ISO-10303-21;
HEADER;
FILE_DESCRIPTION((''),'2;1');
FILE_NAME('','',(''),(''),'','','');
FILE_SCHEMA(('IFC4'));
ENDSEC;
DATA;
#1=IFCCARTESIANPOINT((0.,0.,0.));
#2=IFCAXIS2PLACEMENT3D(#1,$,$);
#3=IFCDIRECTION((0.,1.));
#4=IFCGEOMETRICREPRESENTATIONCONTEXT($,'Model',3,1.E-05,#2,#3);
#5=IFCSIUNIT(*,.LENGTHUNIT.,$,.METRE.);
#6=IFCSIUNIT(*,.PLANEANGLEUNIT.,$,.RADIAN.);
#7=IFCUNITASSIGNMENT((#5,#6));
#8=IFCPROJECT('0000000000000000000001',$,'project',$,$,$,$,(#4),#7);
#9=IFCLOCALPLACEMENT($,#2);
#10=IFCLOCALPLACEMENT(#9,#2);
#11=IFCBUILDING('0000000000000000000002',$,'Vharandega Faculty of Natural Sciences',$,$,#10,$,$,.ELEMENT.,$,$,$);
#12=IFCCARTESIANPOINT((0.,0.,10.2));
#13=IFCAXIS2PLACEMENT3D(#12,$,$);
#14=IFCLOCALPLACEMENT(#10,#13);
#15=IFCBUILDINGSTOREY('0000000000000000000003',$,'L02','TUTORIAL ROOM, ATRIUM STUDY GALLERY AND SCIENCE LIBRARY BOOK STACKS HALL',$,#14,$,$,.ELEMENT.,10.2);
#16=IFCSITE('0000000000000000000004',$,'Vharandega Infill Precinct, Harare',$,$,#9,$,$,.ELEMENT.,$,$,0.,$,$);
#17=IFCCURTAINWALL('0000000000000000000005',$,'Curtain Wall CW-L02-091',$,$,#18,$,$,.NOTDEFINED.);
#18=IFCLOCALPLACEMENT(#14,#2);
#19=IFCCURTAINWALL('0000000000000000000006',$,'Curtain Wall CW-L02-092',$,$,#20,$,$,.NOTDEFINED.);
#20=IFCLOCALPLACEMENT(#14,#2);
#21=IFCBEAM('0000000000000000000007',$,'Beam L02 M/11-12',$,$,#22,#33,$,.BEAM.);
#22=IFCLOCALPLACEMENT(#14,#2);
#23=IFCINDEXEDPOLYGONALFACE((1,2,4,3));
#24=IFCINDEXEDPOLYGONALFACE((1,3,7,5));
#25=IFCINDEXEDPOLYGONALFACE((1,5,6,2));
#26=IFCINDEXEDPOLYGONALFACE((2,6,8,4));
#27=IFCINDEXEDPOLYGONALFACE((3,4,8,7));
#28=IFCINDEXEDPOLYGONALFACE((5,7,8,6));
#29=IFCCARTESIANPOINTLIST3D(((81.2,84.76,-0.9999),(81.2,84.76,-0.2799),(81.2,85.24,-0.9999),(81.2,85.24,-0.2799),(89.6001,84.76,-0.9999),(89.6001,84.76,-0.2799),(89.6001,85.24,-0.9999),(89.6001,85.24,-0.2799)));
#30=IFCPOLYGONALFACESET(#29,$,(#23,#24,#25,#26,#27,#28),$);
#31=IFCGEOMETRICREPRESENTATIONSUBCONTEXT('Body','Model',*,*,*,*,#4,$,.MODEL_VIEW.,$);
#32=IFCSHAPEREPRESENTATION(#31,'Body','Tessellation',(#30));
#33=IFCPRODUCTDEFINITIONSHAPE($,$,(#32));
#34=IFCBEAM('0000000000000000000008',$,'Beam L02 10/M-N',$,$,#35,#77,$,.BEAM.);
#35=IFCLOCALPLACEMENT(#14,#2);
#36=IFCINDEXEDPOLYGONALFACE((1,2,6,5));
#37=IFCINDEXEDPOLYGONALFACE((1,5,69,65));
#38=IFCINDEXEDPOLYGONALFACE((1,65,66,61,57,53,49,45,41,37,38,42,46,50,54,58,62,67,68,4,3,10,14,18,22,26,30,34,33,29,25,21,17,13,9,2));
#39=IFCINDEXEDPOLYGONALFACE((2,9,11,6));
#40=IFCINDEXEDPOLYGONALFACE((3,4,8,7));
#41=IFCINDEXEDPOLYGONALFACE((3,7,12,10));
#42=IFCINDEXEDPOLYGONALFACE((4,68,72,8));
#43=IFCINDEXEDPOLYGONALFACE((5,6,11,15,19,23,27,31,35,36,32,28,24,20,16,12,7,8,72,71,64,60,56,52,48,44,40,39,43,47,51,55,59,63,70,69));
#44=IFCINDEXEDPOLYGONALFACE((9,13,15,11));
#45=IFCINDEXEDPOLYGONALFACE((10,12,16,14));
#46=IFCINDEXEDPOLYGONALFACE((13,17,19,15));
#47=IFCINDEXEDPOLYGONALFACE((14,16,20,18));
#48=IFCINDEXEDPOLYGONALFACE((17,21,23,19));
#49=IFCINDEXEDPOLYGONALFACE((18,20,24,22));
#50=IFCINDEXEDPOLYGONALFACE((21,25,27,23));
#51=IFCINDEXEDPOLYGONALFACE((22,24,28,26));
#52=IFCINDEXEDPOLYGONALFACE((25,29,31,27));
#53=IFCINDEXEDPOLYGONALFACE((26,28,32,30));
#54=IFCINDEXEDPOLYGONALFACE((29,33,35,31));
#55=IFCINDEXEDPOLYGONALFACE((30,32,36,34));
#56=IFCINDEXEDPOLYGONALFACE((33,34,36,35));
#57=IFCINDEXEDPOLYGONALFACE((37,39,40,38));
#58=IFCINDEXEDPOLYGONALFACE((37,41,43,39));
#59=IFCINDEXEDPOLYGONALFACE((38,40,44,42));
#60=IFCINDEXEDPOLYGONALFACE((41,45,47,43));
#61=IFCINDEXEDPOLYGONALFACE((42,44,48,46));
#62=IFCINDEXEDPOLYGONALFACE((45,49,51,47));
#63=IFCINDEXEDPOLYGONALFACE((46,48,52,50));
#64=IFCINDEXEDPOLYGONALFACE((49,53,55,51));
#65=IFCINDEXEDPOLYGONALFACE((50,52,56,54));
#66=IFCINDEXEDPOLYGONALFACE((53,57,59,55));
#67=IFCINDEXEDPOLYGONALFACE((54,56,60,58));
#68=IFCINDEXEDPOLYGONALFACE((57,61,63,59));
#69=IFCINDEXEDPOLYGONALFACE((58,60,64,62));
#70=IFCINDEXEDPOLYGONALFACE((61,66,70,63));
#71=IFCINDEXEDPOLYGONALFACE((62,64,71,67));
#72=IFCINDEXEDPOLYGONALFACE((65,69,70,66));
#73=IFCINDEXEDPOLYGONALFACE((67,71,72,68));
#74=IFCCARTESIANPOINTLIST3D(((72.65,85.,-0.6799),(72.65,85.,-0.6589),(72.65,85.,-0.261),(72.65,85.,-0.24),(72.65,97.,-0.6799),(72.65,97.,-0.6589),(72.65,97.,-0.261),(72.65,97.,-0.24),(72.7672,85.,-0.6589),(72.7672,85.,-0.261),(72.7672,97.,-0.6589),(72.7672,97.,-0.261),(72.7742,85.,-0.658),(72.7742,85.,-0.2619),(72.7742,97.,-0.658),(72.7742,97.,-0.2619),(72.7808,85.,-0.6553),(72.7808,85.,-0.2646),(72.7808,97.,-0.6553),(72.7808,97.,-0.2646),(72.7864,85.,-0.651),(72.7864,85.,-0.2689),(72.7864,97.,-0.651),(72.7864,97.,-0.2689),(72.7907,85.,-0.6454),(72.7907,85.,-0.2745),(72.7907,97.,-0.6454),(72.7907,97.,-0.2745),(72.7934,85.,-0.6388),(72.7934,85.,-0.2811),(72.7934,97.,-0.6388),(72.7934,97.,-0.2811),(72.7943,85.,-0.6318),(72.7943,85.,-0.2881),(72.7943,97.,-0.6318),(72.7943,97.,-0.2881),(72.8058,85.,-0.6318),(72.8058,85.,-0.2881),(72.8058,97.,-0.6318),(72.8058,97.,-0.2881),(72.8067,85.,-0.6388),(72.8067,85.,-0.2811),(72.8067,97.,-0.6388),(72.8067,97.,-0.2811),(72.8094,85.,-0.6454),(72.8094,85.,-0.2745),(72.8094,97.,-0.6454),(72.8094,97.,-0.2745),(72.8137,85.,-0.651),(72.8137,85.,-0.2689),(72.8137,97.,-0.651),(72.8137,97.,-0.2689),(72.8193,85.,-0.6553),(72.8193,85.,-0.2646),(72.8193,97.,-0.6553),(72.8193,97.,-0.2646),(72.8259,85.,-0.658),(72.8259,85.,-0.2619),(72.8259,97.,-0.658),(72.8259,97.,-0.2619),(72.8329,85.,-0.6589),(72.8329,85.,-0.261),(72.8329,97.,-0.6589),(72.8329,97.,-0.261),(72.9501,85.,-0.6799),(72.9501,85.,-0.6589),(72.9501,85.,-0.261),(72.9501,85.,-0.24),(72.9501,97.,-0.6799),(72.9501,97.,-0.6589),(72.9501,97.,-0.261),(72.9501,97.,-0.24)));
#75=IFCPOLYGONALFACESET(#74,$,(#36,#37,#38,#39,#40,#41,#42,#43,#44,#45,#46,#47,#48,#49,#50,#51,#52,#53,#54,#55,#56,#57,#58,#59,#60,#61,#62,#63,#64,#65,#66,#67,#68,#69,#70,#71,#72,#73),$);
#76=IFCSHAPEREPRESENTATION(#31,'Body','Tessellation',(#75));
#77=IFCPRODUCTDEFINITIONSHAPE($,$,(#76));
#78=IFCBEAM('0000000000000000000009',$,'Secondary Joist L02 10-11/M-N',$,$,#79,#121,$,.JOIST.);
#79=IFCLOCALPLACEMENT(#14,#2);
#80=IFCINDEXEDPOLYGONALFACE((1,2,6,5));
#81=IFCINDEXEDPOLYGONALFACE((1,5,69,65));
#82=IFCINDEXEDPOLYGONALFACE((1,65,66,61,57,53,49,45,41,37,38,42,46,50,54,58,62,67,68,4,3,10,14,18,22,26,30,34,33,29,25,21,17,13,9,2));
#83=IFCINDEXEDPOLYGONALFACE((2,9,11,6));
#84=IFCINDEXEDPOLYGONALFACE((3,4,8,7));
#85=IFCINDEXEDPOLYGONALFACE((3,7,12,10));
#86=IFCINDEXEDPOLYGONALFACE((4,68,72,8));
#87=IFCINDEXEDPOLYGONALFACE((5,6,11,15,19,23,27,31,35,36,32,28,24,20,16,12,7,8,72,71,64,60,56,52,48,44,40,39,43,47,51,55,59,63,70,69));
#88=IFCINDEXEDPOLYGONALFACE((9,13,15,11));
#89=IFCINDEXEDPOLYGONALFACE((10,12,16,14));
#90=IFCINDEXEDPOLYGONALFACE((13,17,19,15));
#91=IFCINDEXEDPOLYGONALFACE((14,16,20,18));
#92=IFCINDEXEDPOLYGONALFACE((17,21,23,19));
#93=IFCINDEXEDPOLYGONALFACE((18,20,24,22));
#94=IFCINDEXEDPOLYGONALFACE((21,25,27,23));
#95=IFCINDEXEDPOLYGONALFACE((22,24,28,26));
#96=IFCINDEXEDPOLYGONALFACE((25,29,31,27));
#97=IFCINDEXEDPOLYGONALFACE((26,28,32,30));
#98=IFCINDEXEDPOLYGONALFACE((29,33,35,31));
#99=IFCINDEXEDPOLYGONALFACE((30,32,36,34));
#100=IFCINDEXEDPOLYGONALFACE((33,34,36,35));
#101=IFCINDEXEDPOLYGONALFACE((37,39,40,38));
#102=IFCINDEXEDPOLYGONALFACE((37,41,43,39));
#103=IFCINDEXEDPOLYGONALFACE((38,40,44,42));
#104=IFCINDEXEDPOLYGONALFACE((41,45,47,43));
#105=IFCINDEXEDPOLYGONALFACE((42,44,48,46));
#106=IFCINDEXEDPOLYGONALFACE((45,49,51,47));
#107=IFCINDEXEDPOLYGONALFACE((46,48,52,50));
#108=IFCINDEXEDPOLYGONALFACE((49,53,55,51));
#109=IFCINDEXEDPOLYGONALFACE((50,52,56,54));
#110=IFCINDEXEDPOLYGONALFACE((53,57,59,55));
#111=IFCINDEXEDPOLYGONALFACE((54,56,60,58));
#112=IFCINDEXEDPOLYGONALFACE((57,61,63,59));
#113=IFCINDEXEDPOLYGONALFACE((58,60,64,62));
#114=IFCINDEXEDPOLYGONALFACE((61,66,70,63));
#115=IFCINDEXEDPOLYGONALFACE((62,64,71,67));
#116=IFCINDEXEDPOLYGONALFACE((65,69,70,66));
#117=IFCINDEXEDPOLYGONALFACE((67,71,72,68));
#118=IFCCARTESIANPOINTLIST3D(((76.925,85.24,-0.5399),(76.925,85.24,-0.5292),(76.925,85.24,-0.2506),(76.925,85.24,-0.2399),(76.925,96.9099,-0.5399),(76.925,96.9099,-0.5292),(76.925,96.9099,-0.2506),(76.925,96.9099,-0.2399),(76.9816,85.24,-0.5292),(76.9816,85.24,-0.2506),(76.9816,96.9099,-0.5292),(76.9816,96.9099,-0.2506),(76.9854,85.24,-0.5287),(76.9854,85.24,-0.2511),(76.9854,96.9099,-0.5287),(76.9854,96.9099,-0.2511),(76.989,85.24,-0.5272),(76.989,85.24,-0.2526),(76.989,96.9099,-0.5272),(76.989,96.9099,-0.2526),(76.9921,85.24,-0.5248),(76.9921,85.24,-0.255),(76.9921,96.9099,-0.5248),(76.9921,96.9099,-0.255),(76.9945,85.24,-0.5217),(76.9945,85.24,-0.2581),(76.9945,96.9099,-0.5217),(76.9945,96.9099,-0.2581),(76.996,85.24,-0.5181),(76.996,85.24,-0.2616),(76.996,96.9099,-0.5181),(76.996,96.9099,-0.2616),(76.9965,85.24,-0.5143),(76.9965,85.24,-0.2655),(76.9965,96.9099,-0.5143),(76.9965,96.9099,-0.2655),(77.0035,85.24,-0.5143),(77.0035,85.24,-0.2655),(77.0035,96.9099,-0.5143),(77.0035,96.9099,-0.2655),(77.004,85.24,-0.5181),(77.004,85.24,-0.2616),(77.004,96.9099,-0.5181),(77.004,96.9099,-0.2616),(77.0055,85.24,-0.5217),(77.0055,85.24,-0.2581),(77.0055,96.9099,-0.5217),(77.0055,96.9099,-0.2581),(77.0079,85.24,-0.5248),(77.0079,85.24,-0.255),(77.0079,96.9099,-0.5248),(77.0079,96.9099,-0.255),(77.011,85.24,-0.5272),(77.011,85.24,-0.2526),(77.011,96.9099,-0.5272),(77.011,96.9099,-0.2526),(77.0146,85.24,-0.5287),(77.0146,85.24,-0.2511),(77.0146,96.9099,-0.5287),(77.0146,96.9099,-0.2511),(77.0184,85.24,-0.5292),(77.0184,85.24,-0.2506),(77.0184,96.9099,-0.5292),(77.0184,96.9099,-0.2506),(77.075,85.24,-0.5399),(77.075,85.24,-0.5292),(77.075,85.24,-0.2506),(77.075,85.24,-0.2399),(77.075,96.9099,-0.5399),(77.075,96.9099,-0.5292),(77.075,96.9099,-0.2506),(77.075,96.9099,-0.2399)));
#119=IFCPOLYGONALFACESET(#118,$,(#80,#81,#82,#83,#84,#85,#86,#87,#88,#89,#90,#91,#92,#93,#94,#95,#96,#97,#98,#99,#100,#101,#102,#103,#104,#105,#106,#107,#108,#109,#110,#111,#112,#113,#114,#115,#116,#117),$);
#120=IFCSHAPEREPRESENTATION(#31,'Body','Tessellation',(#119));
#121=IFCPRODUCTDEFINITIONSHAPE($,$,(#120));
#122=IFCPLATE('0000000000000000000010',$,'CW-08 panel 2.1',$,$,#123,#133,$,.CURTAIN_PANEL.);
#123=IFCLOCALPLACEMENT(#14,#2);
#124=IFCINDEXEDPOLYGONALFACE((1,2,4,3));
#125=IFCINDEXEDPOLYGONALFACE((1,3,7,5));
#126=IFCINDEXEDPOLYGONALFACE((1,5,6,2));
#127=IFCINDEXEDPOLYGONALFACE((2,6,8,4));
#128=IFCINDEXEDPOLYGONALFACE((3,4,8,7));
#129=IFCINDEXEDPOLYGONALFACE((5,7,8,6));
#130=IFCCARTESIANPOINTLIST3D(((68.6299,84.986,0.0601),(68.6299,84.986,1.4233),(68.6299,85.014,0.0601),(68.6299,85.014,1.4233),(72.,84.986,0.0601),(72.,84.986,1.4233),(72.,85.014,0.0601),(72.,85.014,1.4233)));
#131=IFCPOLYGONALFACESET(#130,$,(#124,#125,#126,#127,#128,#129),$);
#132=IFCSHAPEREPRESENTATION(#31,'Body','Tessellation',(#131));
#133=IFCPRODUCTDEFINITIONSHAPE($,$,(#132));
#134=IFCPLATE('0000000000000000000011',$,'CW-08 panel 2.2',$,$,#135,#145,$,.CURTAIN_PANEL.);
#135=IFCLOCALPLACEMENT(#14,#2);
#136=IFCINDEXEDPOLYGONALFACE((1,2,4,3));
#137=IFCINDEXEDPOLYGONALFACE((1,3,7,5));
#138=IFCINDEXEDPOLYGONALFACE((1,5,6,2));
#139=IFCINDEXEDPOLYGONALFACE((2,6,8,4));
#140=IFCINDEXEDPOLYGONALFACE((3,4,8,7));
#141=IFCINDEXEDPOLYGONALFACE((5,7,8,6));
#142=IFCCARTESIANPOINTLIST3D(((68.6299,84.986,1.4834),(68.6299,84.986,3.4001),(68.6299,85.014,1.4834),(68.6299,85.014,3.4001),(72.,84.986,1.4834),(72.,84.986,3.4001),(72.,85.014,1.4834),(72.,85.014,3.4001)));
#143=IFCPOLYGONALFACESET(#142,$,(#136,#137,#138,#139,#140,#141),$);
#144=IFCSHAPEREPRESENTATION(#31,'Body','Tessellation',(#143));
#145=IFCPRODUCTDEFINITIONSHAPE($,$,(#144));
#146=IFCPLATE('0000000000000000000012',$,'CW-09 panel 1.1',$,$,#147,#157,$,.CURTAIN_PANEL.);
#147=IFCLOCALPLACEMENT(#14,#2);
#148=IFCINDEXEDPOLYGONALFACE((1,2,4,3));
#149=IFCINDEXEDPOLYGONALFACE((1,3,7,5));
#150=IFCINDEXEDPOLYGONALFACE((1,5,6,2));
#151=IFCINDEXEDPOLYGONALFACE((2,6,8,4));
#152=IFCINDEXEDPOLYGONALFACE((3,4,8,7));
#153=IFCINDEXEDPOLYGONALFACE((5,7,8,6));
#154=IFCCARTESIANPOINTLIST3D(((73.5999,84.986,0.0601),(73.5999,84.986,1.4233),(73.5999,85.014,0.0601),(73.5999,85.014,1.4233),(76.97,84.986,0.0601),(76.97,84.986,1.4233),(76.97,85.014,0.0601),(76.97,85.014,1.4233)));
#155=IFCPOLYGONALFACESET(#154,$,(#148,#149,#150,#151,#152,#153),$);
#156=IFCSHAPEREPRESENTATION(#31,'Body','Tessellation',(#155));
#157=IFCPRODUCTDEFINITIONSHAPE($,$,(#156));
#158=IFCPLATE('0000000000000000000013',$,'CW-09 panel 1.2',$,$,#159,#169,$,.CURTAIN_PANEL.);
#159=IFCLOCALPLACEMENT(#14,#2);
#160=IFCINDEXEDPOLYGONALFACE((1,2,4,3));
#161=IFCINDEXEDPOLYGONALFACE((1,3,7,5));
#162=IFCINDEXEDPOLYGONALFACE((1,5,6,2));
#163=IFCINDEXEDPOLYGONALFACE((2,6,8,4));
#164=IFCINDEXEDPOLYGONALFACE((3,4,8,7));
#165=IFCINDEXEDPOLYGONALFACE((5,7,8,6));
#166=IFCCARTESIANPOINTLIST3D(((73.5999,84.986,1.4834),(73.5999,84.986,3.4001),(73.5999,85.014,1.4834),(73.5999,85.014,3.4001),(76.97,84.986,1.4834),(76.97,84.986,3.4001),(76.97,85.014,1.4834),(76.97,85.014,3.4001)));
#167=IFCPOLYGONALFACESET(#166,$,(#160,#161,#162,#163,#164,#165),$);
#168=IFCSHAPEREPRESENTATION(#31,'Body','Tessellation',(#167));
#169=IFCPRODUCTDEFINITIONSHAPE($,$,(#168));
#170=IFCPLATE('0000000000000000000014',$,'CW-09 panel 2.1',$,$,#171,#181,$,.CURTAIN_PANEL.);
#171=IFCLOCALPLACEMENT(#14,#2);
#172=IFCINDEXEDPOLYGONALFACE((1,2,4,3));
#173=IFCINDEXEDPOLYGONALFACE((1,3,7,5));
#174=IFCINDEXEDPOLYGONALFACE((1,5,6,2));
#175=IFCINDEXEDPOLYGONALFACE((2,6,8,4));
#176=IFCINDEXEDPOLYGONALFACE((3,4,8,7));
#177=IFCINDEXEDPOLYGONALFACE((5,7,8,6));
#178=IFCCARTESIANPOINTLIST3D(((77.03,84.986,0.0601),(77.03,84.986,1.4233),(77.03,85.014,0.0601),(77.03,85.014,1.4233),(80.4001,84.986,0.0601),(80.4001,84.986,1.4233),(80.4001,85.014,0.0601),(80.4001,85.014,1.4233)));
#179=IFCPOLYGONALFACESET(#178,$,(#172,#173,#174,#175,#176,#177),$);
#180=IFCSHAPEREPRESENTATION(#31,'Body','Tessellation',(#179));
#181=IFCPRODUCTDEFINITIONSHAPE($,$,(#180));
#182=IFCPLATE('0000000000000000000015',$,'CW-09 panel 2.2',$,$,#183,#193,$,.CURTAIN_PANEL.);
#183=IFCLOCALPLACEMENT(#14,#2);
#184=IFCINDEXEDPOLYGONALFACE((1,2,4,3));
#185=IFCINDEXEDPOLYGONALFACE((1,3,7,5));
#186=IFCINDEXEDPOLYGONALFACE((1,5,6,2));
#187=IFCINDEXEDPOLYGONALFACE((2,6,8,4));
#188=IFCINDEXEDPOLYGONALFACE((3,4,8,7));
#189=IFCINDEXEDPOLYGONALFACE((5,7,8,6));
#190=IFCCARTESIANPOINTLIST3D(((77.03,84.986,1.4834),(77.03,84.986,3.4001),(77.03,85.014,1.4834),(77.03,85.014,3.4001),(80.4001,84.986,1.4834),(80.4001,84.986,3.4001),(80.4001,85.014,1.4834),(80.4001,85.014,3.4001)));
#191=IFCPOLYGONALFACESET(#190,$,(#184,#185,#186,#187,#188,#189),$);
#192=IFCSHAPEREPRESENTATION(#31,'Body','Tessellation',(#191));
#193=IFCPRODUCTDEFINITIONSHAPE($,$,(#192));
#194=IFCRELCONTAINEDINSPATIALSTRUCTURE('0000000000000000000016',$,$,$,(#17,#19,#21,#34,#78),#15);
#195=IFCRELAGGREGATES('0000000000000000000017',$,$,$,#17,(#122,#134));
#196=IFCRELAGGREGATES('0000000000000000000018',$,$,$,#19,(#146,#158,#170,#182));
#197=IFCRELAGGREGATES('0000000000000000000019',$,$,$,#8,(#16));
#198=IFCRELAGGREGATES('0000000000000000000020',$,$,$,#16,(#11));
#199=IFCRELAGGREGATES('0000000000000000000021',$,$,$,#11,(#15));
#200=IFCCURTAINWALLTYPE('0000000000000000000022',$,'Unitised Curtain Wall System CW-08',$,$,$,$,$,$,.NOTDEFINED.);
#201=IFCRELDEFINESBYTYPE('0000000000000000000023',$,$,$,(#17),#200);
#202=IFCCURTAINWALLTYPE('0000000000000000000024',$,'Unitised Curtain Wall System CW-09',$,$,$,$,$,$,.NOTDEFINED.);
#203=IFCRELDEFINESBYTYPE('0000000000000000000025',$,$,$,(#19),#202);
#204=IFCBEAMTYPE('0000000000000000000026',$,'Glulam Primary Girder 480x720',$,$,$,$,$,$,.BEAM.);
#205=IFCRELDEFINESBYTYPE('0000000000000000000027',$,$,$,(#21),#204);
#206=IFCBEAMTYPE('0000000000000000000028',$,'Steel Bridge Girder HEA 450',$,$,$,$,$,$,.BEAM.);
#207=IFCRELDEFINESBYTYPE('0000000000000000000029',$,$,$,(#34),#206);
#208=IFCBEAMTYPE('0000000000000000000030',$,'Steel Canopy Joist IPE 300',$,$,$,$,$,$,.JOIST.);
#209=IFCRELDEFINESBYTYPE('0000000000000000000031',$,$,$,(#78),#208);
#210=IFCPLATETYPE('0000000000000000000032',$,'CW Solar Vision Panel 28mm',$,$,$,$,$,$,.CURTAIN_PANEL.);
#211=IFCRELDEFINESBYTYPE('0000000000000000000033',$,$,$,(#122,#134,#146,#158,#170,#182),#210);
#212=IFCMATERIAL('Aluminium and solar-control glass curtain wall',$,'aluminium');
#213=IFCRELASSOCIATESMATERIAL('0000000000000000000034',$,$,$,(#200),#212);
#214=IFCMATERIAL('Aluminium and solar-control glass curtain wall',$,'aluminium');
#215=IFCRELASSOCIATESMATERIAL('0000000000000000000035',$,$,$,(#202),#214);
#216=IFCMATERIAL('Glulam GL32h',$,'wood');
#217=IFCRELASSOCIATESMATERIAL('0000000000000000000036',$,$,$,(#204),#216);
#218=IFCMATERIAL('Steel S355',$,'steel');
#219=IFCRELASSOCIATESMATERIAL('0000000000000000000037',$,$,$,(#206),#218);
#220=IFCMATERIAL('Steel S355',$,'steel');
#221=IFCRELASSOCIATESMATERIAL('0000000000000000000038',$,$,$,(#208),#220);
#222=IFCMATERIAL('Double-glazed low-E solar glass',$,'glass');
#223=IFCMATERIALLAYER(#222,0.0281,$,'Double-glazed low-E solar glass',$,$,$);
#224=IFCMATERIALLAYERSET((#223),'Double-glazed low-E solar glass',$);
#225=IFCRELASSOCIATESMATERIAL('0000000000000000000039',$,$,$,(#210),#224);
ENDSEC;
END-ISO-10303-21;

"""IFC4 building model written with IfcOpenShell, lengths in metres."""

from ifc_helpers import new_model, si_unit, direction, frame, origin, origin_2d, place, context, subcontext, project, spatial, rectangle, i_section, extrude, material, layer, layer_set, material_profile, profile_set, type_object, element, aggregate, save


model = new_model("IFC4")

# Units and contexts
model_context = context("Model", 3, precision=1e-05, world=origin(), true_north=direction((0.0, 1.0)))
body_context = subcontext(model_context, "Body", "Model", "MODEL_VIEW")
ifc_project = project(units=[si_unit("LENGTHUNIT", "METRE"), si_unit("PLANEANGLEUNIT", "RADIAN")], contexts=[model_context])

# Site, building, storey
site_placement = place(None, origin())
site = spatial("IfcSite", under=ifc_project, at=site_placement, Name="Vharandega Infill Precinct, Harare", CompositionType="ELEMENT", RefElevation=0.0)
building_placement = place(site_placement, origin())
building = spatial("IfcBuilding", under=site, at=building_placement, Name="Vharandega Faculty of Natural Sciences", CompositionType="ELEMENT")
storey_placement = place(building_placement, frame((0.0, 0.0, 10.2)))
storey = spatial("IfcBuildingStorey", under=building, at=storey_placement, Name="L02", Description="TUTORIAL ROOM, ATRIUM STUDY GALLERY AND SCIENCE LIBRARY BOOK STACKS HALL", CompositionType="ELEMENT", Elevation=10.2)

# Curtain wall
ifc_material_1 = material(Name="Aluminium and solar-control glass curtain wall", Category="aluminium")
curtain_wall_type_1 = type_object("IfcCurtainWallType", Name="Unitised Curtain Wall System CW-08", PredefinedType="NOTDEFINED", material=ifc_material_1)
curtain_wall_1_placement = place(storey_placement, origin())
curtain_wall_1 = element("IfcCurtainWall", 1, at=curtain_wall_1_placement, inside=storey, type_object=curtain_wall_type_1, Name="Curtain Wall CW-L02-091", PredefinedType="NOTDEFINED")

# Curtain wall
ifc_material_2 = material(Name="Aluminium and solar-control glass curtain wall", Category="aluminium")
curtain_wall_type_2 = type_object("IfcCurtainWallType", Name="Unitised Curtain Wall System CW-09", PredefinedType="NOTDEFINED", material=ifc_material_2)
curtain_wall_2_placement = place(storey_placement, origin())
curtain_wall_2 = element("IfcCurtainWall", 2, at=curtain_wall_2_placement, inside=storey, type_object=curtain_wall_type_2, Name="Curtain Wall CW-L02-092", PredefinedType="NOTDEFINED")

# Beams
ifc_material_3 = material(Name="Glulam GL32h", Category="wood")
ifc_material_profile_1 = material_profile(ifc_material_3, rectangle(XDim=0.48, YDim=0.72, at=origin_2d()), Name="GL32h 480x720")
ifc_profile_set_1 = profile_set([ifc_material_profile_1], Name="Glulam GL32h")
beam_type_1 = type_object("IfcBeamType", Name="Glulam Primary Girder 480x720", PredefinedType="BEAM", material=ifc_profile_set_1)
beam_1_placement = place(storey_placement, frame((81.2, 85.0, -0.6399), z_axis=(1.0, 0.0, 0.0), x_axis=(0.0, 1.0, 0.0)))
element("IfcBeam", 3, at=beam_1_placement, inside=storey, type_object=beam_type_1, Name="Beam L02 M/11-12", PredefinedType="BEAM", context=body_context, shape_type="SweptSolid", body=[
    extrude(rectangle(XDim=0.48, YDim=0.72, at=origin_2d()), origin(), (0.0, 0.0, 1.0), 8.4001),
])
ifc_material_4 = material(Name="Steel S355", Category="steel")
ifc_material_profile_2 = material_profile(ifc_material_4, i_section(OverallWidth=0.3, OverallDepth=0.4399, WebThickness=0.0115, FlangeThickness=0.021, FilletRadius=0.0271, at=origin_2d()), Name="HEA 450")
ifc_profile_set_2 = profile_set([ifc_material_profile_2], Name="Steel S355")
beam_type_2 = type_object("IfcBeamType", Name="Steel Bridge Girder HEA 450", PredefinedType="BEAM", material=ifc_profile_set_2)
beam_2_placement = place(storey_placement, frame((72.8, 85.0, -0.46), z_axis=(0.0, 1.0, 0.0), x_axis=(-1.0, 0.0, 0.0)))
element("IfcBeam", 4, at=beam_2_placement, inside=storey, type_object=beam_type_2, Name="Beam L02 10/M-N", PredefinedType="BEAM", context=body_context, shape_type="SweptSolid", body=[
    extrude(i_section(OverallWidth=0.3, OverallDepth=0.4399, WebThickness=0.0115, FlangeThickness=0.021, FilletRadius=0.0271, at=origin_2d()), origin(), (0.0, 0.0, 1.0), 12.0),
])
ifc_material_5 = material(Name="Steel S355", Category="steel")
ifc_material_profile_3 = material_profile(ifc_material_5, i_section(OverallWidth=0.1499, OverallDepth=0.3, WebThickness=0.0071, FlangeThickness=0.0107, FilletRadius=0.0149, at=origin_2d()), Name="IPE 300")
ifc_profile_set_3 = profile_set([ifc_material_profile_3], Name="Steel S355")
beam_type_3 = type_object("IfcBeamType", Name="Steel Canopy Joist IPE 300", PredefinedType="JOIST", material=ifc_profile_set_3)
beam_3_placement = place(storey_placement, frame((77.0, 85.24, -0.3899), z_axis=(0.0, 1.0, 0.0), x_axis=(-1.0, 0.0, 0.0)))
element("IfcBeam", 5, at=beam_3_placement, inside=storey, type_object=beam_type_3, Name="Secondary Joist L02 10-11/M-N", PredefinedType="JOIST", context=body_context, shape_type="SweptSolid", body=[
    extrude(i_section(OverallWidth=0.1499, OverallDepth=0.3, WebThickness=0.0071, FlangeThickness=0.0107, FilletRadius=0.0149, at=origin_2d()), origin(), (0.0, 0.0, 1.0), 11.6699),
])

# Plates
ifc_material_6 = material(Name="Double-glazed low-E solar glass", Category="glass")
ifc_layer_1 = layer(ifc_material_6, 0.0281, Name="Double-glazed low-E solar glass")
ifc_layer_set_1 = layer_set([ifc_layer_1], Name="Double-glazed low-E solar glass")
plate_type = type_object("IfcPlateType", Name="CW Solar Vision Panel 28mm", PredefinedType="CURTAIN_PANEL", material=ifc_layer_set_1)
plate_1_placement = place(storey_placement, frame((70.3149, 85.0, 0.0601), z_axis=(0.0, 0.0, 1.0), x_axis=(1.0, 0.0, 0.0)))
plate_1 = element("IfcPlate", 6, at=plate_1_placement, type_object=plate_type, Name="CW-08 panel 2.1", PredefinedType="CURTAIN_PANEL", context=body_context, shape_type="SweptSolid", body=[
    extrude(rectangle(XDim=3.3701, YDim=0.0281, at=origin_2d()), origin(), (0.0, 0.0, 1.0), 1.3633),
])
plate_2_placement = place(storey_placement, frame((70.3149, 85.0, 1.4834), z_axis=(0.0, 0.0, 1.0), x_axis=(1.0, 0.0, 0.0)))
plate_2 = element("IfcPlate", 7, at=plate_2_placement, type_object=plate_type, Name="CW-08 panel 2.2", PredefinedType="CURTAIN_PANEL", context=body_context, shape_type="SweptSolid", body=[
    extrude(rectangle(XDim=3.3701, YDim=0.0281, at=origin_2d()), origin(), (0.0, 0.0, 1.0), 1.9167),
])
aggregate(curtain_wall_1, [plate_1, plate_2])
plate_3_placement = place(storey_placement, frame((75.2849, 85.0, 0.0601), z_axis=(0.0, 0.0, 1.0), x_axis=(1.0, 0.0, 0.0)))
plate_3 = element("IfcPlate", 8, at=plate_3_placement, type_object=plate_type, Name="CW-09 panel 1.1", PredefinedType="CURTAIN_PANEL", context=body_context, shape_type="SweptSolid", body=[
    extrude(rectangle(XDim=3.3701, YDim=0.0281, at=origin_2d()), origin(), (0.0, 0.0, 1.0), 1.3633),
])
plate_4_placement = place(storey_placement, frame((75.2849, 85.0, 1.4834), z_axis=(0.0, 0.0, 1.0), x_axis=(1.0, 0.0, 0.0)))
plate_4 = element("IfcPlate", 9, at=plate_4_placement, type_object=plate_type, Name="CW-09 panel 1.2", PredefinedType="CURTAIN_PANEL", context=body_context, shape_type="SweptSolid", body=[
    extrude(rectangle(XDim=3.3701, YDim=0.0281, at=origin_2d()), origin(), (0.0, 0.0, 1.0), 1.9167),
])
plate_5_placement = place(storey_placement, frame((78.7151, 85.0, 0.0601), z_axis=(0.0, 0.0, 1.0), x_axis=(1.0, 0.0, 0.0)))
plate_5 = element("IfcPlate", 10, at=plate_5_placement, type_object=plate_type, Name="CW-09 panel 2.1", PredefinedType="CURTAIN_PANEL", context=body_context, shape_type="SweptSolid", body=[
    extrude(rectangle(XDim=3.3701, YDim=0.0281, at=origin_2d()), origin(), (0.0, 0.0, 1.0), 1.3633),
])
plate_6_placement = place(storey_placement, frame((78.7151, 85.0, 1.4834), z_axis=(0.0, 0.0, 1.0), x_axis=(1.0, 0.0, 0.0)))
plate_6 = element("IfcPlate", 11, at=plate_6_placement, type_object=plate_type, Name="CW-09 panel 2.2", PredefinedType="CURTAIN_PANEL", context=body_context, shape_type="SweptSolid", body=[
    extrude(rectangle(XDim=3.3701, YDim=0.0281, at=origin_2d()), origin(), (0.0, 0.0, 1.0), 1.9167),
])
aggregate(curtain_wall_2, [plate_3, plate_4, plate_5, plate_6])

save(model, "model.ifc")
